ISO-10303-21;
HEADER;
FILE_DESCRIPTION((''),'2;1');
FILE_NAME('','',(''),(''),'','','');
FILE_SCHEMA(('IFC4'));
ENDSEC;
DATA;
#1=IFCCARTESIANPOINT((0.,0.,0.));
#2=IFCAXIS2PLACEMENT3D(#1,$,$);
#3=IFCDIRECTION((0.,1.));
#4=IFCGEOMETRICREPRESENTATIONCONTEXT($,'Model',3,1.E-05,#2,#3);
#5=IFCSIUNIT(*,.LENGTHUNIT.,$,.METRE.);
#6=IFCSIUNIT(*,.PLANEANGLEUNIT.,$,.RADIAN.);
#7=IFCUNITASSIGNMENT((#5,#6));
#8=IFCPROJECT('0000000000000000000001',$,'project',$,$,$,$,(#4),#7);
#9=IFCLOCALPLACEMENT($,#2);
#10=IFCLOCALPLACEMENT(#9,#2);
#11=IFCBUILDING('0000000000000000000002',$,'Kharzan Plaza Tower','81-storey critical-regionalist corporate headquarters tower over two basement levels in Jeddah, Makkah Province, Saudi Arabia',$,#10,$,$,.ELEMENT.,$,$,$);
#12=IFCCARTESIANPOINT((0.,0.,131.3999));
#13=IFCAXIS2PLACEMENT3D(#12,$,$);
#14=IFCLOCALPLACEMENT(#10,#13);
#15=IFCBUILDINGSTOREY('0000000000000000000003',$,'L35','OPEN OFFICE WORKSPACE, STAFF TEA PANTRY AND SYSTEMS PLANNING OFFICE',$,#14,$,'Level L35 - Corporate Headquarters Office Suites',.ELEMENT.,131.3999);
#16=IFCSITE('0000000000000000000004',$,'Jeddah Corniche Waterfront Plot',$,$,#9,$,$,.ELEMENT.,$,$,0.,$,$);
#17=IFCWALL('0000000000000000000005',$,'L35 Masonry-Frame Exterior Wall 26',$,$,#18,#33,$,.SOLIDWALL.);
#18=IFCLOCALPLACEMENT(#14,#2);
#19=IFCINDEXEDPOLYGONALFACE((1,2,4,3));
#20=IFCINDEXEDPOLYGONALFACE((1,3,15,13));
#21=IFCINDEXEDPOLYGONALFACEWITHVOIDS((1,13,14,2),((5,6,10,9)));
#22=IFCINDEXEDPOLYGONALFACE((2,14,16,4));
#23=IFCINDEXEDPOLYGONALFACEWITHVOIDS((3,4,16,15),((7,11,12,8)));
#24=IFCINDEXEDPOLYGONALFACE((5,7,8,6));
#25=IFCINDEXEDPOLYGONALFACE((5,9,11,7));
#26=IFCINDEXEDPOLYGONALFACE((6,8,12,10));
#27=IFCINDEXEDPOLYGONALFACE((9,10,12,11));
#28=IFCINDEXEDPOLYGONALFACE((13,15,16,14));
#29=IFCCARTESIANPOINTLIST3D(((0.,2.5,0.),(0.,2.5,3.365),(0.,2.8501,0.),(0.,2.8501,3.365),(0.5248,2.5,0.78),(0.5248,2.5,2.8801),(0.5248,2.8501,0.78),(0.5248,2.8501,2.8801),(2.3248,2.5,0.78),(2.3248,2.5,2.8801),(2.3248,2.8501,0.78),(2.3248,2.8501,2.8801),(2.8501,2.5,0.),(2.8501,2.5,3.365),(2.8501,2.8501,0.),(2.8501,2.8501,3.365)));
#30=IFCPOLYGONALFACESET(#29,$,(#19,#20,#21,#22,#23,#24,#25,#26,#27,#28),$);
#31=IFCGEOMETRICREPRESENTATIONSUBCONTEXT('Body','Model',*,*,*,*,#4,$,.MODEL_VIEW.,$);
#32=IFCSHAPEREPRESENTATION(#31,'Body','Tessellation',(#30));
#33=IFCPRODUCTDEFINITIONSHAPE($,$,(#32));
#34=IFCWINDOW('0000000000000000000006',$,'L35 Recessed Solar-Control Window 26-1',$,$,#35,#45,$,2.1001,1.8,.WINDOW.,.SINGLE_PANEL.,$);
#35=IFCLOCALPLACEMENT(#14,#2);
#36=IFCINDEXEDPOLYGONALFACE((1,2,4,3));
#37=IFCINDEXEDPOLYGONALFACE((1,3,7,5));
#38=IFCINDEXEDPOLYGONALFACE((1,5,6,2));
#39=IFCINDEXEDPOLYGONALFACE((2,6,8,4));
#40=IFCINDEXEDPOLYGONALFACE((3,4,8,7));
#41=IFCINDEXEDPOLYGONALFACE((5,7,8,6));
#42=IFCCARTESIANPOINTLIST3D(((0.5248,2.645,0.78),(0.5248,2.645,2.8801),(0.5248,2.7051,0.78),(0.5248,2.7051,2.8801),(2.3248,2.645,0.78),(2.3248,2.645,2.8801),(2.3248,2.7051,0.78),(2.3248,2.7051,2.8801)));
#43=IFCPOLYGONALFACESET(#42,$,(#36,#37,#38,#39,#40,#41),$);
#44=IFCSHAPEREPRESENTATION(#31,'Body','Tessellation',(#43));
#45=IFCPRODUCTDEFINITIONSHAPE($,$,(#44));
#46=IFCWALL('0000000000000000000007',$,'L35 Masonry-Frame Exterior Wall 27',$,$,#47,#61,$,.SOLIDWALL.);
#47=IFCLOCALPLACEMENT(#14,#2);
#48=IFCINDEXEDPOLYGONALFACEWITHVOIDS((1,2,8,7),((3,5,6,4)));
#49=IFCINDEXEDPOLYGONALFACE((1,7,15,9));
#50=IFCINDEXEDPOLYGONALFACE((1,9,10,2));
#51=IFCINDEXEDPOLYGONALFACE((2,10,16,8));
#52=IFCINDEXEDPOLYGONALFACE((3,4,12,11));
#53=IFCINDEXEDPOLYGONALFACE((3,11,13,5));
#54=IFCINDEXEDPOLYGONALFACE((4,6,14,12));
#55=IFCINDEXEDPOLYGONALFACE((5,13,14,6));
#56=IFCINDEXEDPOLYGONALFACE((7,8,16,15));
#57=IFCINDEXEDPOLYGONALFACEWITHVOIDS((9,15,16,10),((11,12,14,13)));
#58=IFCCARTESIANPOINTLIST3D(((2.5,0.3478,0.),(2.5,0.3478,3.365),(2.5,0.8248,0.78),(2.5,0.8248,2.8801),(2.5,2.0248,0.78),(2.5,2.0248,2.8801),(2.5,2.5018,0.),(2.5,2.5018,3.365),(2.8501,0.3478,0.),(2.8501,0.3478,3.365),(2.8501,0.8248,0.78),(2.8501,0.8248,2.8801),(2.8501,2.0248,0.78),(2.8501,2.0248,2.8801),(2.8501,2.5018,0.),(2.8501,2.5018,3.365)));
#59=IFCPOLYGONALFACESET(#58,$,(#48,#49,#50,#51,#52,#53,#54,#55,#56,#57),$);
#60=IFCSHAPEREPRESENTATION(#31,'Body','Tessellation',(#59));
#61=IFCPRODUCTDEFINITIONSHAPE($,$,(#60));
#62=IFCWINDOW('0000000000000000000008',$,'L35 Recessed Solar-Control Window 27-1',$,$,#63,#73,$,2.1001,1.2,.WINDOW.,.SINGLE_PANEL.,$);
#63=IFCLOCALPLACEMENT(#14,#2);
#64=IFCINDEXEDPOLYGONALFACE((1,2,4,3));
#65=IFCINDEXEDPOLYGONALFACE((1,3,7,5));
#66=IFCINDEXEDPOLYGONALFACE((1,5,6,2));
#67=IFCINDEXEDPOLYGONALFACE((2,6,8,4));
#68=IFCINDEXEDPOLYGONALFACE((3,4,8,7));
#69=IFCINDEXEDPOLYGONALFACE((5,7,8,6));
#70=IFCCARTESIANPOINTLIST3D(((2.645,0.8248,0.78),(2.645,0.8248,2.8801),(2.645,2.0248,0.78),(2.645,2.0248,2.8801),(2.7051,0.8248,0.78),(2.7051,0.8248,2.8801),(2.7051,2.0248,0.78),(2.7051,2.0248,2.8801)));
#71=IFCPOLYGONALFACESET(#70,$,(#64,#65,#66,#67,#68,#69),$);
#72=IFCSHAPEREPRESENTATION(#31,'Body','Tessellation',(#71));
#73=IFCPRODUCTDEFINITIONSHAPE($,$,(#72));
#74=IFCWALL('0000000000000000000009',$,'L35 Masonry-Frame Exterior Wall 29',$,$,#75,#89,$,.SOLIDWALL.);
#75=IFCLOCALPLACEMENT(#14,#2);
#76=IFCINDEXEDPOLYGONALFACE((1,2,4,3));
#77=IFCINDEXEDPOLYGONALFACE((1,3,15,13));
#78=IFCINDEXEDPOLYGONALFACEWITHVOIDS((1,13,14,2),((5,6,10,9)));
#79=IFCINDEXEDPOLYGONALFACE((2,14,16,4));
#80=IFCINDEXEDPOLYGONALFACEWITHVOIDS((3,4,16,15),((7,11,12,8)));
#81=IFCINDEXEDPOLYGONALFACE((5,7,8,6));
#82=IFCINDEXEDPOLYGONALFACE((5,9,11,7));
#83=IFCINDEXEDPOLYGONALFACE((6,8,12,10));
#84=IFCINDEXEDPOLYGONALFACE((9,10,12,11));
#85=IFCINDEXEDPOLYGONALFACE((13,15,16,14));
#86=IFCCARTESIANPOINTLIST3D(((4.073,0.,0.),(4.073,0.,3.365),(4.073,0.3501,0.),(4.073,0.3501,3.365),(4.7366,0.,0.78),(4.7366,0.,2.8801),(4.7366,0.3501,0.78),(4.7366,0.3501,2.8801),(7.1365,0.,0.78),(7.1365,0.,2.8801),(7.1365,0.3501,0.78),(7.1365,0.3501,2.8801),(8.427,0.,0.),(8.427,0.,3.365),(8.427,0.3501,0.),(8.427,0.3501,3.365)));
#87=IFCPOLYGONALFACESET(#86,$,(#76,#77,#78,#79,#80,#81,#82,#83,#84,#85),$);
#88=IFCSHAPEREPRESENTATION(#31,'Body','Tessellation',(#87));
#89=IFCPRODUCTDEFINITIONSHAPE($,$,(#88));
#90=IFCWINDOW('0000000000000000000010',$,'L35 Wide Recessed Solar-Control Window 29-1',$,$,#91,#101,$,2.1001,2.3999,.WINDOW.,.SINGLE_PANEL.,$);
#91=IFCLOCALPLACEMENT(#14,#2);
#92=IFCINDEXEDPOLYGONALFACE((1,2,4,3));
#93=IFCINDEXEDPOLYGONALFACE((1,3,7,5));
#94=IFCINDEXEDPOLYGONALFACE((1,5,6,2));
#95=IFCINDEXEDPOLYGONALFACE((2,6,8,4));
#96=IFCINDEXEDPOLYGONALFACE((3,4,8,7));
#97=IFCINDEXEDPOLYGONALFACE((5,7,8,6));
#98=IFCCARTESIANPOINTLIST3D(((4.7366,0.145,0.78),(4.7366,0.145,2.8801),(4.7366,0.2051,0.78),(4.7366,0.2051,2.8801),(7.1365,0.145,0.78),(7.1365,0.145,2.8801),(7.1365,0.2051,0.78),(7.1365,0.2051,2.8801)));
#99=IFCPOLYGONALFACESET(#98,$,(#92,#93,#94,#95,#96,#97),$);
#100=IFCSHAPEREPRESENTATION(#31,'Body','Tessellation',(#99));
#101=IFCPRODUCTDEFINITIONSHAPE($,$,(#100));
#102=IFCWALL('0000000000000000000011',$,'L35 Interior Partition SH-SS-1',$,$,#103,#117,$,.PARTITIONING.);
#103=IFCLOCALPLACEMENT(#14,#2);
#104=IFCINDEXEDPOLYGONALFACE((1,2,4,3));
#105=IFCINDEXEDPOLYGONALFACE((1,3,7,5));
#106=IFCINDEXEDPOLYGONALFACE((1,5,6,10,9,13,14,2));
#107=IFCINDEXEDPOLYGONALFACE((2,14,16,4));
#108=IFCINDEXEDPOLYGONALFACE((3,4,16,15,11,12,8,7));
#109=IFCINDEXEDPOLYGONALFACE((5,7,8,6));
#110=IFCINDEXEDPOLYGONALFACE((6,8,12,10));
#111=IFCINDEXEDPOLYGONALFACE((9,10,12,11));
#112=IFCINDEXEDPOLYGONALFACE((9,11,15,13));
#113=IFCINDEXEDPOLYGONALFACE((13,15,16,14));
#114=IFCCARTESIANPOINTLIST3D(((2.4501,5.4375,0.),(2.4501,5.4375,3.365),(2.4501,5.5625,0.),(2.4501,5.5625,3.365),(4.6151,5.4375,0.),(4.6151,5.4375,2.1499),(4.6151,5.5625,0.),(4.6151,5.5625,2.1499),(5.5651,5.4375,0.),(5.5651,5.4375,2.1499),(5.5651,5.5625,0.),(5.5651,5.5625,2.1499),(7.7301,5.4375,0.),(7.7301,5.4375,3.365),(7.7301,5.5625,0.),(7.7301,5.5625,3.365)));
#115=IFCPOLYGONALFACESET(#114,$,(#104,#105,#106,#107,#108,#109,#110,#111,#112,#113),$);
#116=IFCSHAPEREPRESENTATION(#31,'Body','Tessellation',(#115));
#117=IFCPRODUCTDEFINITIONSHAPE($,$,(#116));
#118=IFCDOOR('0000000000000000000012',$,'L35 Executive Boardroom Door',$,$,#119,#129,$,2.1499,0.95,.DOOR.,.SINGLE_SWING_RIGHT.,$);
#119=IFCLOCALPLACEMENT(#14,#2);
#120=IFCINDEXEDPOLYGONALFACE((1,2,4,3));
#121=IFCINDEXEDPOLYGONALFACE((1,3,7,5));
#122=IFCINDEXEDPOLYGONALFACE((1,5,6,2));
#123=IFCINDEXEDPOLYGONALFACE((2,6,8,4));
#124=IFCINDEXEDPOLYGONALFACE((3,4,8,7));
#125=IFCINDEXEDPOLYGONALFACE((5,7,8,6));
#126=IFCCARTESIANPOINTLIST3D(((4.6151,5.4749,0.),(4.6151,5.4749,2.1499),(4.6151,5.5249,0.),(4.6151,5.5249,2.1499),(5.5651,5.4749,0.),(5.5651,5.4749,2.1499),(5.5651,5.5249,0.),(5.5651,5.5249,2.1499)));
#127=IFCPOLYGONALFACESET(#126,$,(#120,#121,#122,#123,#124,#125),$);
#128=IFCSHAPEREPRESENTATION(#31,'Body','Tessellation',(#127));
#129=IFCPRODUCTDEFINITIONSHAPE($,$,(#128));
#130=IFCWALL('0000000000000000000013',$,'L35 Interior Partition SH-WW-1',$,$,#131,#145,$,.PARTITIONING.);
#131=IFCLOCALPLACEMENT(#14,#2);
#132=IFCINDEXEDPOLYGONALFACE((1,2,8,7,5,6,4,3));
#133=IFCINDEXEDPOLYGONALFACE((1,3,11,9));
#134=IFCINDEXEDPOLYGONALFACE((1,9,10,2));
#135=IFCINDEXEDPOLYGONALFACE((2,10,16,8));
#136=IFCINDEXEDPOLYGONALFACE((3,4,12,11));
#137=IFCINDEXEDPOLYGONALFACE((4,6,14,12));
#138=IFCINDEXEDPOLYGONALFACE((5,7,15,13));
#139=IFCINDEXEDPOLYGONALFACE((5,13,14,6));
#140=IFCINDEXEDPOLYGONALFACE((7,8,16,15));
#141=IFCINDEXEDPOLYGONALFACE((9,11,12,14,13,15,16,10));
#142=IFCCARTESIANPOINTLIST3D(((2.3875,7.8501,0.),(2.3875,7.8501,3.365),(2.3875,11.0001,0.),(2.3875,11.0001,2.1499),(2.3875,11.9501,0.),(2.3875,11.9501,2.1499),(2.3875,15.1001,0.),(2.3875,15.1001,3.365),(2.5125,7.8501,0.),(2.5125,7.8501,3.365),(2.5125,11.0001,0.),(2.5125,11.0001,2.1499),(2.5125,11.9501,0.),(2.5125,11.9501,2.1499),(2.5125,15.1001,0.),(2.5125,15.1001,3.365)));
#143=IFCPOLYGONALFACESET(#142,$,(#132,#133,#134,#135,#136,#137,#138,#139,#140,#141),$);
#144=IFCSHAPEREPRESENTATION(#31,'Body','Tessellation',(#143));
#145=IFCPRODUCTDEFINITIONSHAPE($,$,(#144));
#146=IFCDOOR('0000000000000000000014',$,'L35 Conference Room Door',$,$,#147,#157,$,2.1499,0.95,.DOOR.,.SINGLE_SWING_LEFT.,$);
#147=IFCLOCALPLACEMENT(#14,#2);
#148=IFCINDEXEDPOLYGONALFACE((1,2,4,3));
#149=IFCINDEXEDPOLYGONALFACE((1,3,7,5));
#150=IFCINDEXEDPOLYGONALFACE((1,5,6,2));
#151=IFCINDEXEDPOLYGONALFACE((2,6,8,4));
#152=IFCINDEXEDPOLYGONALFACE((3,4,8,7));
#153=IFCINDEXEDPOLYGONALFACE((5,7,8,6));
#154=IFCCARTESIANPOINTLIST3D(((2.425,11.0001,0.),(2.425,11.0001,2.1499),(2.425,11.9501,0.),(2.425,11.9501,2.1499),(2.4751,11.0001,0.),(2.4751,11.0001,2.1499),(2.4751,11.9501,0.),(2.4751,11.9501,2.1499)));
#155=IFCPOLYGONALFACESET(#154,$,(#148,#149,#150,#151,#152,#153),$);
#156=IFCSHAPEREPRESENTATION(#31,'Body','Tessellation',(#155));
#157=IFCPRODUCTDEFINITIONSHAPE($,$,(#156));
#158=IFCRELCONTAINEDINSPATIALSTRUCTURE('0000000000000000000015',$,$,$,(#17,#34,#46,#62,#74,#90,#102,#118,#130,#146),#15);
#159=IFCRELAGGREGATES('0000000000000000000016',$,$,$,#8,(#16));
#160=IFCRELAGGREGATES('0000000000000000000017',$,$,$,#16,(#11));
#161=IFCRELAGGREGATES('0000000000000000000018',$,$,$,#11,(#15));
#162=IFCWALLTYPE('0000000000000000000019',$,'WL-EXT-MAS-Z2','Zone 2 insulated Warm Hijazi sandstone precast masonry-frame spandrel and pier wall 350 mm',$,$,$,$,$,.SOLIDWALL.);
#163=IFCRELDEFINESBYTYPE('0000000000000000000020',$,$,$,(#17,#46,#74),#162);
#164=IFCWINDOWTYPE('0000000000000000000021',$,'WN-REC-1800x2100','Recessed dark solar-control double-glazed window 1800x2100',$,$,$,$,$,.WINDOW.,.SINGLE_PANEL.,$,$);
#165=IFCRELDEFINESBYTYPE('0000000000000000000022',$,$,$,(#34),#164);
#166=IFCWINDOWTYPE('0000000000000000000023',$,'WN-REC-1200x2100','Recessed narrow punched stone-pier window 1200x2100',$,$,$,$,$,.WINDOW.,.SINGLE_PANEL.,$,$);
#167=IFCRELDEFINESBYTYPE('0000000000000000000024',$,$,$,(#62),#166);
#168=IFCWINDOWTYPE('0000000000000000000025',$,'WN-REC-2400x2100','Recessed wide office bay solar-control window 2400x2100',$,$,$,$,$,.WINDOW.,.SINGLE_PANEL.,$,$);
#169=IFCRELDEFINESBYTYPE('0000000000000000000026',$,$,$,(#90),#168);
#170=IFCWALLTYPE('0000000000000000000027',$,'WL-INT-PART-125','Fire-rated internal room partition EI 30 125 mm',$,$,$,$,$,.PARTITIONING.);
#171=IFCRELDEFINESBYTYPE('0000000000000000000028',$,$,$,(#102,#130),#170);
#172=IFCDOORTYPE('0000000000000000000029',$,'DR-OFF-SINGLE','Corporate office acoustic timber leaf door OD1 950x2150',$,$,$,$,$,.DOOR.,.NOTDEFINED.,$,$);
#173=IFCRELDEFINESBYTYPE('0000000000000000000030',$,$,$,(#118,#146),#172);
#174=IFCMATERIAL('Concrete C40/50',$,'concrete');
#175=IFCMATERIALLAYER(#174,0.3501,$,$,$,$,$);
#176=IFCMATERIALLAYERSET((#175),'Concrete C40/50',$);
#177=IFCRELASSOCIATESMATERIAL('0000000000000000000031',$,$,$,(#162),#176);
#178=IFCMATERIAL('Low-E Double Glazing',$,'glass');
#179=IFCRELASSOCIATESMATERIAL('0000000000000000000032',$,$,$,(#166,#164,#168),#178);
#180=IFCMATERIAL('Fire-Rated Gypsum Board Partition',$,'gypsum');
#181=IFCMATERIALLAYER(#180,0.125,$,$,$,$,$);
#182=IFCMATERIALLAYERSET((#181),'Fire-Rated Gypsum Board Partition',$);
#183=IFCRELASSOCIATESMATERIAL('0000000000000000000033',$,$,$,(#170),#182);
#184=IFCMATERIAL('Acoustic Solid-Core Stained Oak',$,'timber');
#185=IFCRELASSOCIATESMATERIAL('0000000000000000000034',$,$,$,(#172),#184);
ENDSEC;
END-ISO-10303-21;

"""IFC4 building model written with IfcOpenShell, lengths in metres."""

from ifc_helpers import new_model, si_unit, direction, frame, frame_2d, origin, place, context, subcontext, project, spatial, rectangle, extrude, source, transform, mapped, material, layer, layer_set, type_object, element, fill, save


model = new_model("IFC4")

# Units and contexts
model_context = context("Model", 3, precision=1e-05, world=origin(), true_north=direction((0.0, 1.0)))
body_context = subcontext(model_context, "Body", "Model", "MODEL_VIEW")
ifc_project = project(units=[si_unit("LENGTHUNIT", "METRE"), si_unit("PLANEANGLEUNIT", "RADIAN")], contexts=[model_context])

# Site, building, storey
site_placement = place(None, origin())
site = spatial("IfcSite", under=ifc_project, at=site_placement, Name="Jeddah Corniche Waterfront Plot", CompositionType="ELEMENT", RefElevation=0.0)
building_placement = place(site_placement, origin())
building = spatial("IfcBuilding", under=site, at=building_placement, Name="Kharzan Plaza Tower", Description="81-storey critical-regionalist corporate headquarters tower over two basement levels in Jeddah, Makkah Province, Saudi Arabia", CompositionType="ELEMENT")
storey_placement = place(building_placement, frame((0.0, 0.0, 131.3999)))
storey = spatial("IfcBuildingStorey", under=building, at=storey_placement, Name="L35", Description="OPEN OFFICE WORKSPACE, STAFF TEA PANTRY AND SYSTEMS PLANNING OFFICE", LongName="Level L35 - Corporate Headquarters Office Suites", CompositionType="ELEMENT", Elevation=131.3999)

# Shared definitions
ifc_material_1 = material(Name="Concrete C40/50", Category="concrete")

# Walls, openings, windows
ifc_layer_1 = layer(ifc_material_1, 0.3501)
ifc_layer_set_1 = layer_set([ifc_layer_1], Name="Concrete C40/50")
wall_type_1 = type_object("IfcWallType", Name="WL-EXT-MAS-Z2", Description="Zone 2 insulated Warm Hijazi sandstone precast masonry-frame spandrel and pier wall 350 mm", PredefinedType="SOLIDWALL", material=ifc_layer_set_1)
ifc_material_2 = material(Name="Low-E Double Glazing", Category="glass")
window_type_1 = type_object("IfcWindowType", Name="WN-REC-1200x2100", Description="Recessed narrow punched stone-pier window 1200x2100", PartitioningType="SINGLE_PANEL", PredefinedType="WINDOW", material=ifc_material_2)
shared_shape_1 = source(origin(), body_context, "Body", "SweptSolid", [
    extrude(rectangle(XDim=1.2, YDim=2.1001, at=frame_2d((0.6001, 1.05))), frame((0.0, 0.03, 0.0), z_axis=(0.0, -1.0, 0.0), x_axis=(1.0, 0.0, 0.0)), (0.0, 0.0, 1.0), 0.0601),
])
wall_1_placement = place(storey_placement, frame((0.0, 2.675, 0.0), z_axis=(0.0, 0.0, 1.0), x_axis=(1.0, 0.0, 0.0)))
wall_1 = element("IfcWall", 1, at=wall_1_placement, inside=storey, type_object=wall_type_1, Name="L35 Masonry-Frame Exterior Wall 26", PredefinedType="SOLIDWALL", context=body_context, shape_type="SweptSolid", body=[
    extrude(rectangle(XDim=2.8501, YDim=0.3501, at=frame_2d((1.425, 0.0))), origin(), (0.0, 0.0, 1.0), 3.365),
])
opening_1_placement = place(wall_1_placement, frame((0.5249, 0.0, 0.78)))
opening_1 = element("IfcOpeningElement", 2, at=opening_1_placement, cuts=wall_1, PredefinedType="OPENING", context=body_context, shape_type="SweptSolid", body=[
    extrude(rectangle(XDim=1.8, YDim=2.1001, at=frame_2d((0.8999, 1.05))), frame((0.0, 0.1851, 0.0), z_axis=(0.0, -1.0, 0.0), x_axis=(1.0, 0.0, 0.0)), (0.0, 0.0, 1.0), 0.3701),
])
window_type_2 = type_object("IfcWindowType", Name="WN-REC-1800x2100", Description="Recessed dark solar-control double-glazed window 1800x2100", PartitioningType="SINGLE_PANEL", PredefinedType="WINDOW", material=ifc_material_2)
shared_shape_2 = source(origin(), body_context, "Body", "SweptSolid", [
    extrude(rectangle(XDim=1.8, YDim=2.1001, at=frame_2d((0.8999, 1.05))), frame((0.0, 0.03, 0.0), z_axis=(0.0, -1.0, 0.0), x_axis=(1.0, 0.0, 0.0)), (0.0, 0.0, 1.0), 0.0601),
])
window_1_placement = place(opening_1_placement, origin())
window_1 = element("IfcWindow", 3, at=window_1_placement, inside=storey, type_object=window_type_2, Name="L35 Recessed Solar-Control Window 26-1", OverallHeight=2.1001, OverallWidth=1.8, PartitioningType="SINGLE_PANEL", PredefinedType="WINDOW", context=body_context, shape_type="MappedRepresentation", body=[
    mapped(shared_shape_2, transform((0.0, 0.0, 0.0), x_axis=(1.0, 0.0, 0.0), y_axis=(0.0, 1.0, 0.0), z_axis=(0.0, 0.0, 1.0))),
])
fill(opening_1, window_1)
wall_2_placement = place(storey_placement, frame((2.675, 2.502, 0.0), z_axis=(0.0, 0.0, 1.0), x_axis=(0.0, -1.0, 0.0)))
wall_2 = element("IfcWall", 4, at=wall_2_placement, inside=storey, type_object=wall_type_1, Name="L35 Masonry-Frame Exterior Wall 27", PredefinedType="SOLIDWALL", context=body_context, shape_type="SweptSolid", body=[
    extrude(rectangle(XDim=2.1541, YDim=0.3501, at=frame_2d((1.0771, 0.0))), origin(), (0.0, 0.0, 1.0), 3.365),
])
opening_2_placement = place(wall_2_placement, frame((0.4771, 0.0, 0.78)))
opening_2 = element("IfcOpeningElement", 5, at=opening_2_placement, cuts=wall_2, PredefinedType="OPENING", context=body_context, shape_type="SweptSolid", body=[
    extrude(rectangle(XDim=1.2, YDim=2.1001, at=frame_2d((0.6001, 1.05))), frame((0.0, 0.1851, 0.0), z_axis=(0.0, -1.0, 0.0), x_axis=(1.0, 0.0, 0.0)), (0.0, 0.0, 1.0), 0.3701),
])
window_2_placement = place(opening_2_placement, origin())
window_2 = element("IfcWindow", 6, at=window_2_placement, inside=storey, type_object=window_type_1, Name="L35 Recessed Solar-Control Window 27-1", OverallHeight=2.1001, OverallWidth=1.2, PartitioningType="SINGLE_PANEL", PredefinedType="WINDOW", context=body_context, shape_type="MappedRepresentation", body=[
    mapped(shared_shape_1, transform((0.0, 0.0, 0.0), x_axis=(1.0, 0.0, 0.0), y_axis=(0.0, 1.0, 0.0), z_axis=(0.0, 0.0, 1.0))),
])
fill(opening_2, window_2)
wall_3_placement = place(storey_placement, frame((4.073, 0.175, 0.0), z_axis=(0.0, 0.0, 1.0), x_axis=(1.0, 0.0, 0.0)))
wall_3 = element("IfcWall", 7, at=wall_3_placement, inside=storey, type_object=wall_type_1, Name="L35 Masonry-Frame Exterior Wall 29", PredefinedType="SOLIDWALL", context=body_context, shape_type="SweptSolid", body=[
    extrude(rectangle(XDim=4.354, YDim=0.3501, at=frame_2d((2.177, 0.0))), origin(), (0.0, 0.0, 1.0), 3.365),
])
opening_3_placement = place(wall_3_placement, frame((0.6636, 0.0, 0.78)))
opening_3 = element("IfcOpeningElement", 8, at=opening_3_placement, cuts=wall_3, PredefinedType="OPENING", context=body_context, shape_type="SweptSolid", body=[
    extrude(rectangle(XDim=2.3999, YDim=2.1001, at=frame_2d((1.2, 1.05))), frame((0.0, 0.1851, 0.0), z_axis=(0.0, -1.0, 0.0), x_axis=(1.0, 0.0, 0.0)), (0.0, 0.0, 1.0), 0.3701),
])
window_type_3 = type_object("IfcWindowType", Name="WN-REC-2400x2100", Description="Recessed wide office bay solar-control window 2400x2100", PartitioningType="SINGLE_PANEL", PredefinedType="WINDOW", material=ifc_material_2)
shared_shape_3 = source(origin(), body_context, "Body", "SweptSolid", [
    extrude(rectangle(XDim=2.3999, YDim=2.1001, at=frame_2d((1.2, 1.05))), frame((0.0, 0.03, 0.0), z_axis=(0.0, -1.0, 0.0), x_axis=(1.0, 0.0, 0.0)), (0.0, 0.0, 1.0), 0.0601),
])
window_3_placement = place(opening_3_placement, origin())
window_3 = element("IfcWindow", 9, at=window_3_placement, inside=storey, type_object=window_type_3, Name="L35 Wide Recessed Solar-Control Window 29-1", OverallHeight=2.1001, OverallWidth=2.3999, PartitioningType="SINGLE_PANEL", PredefinedType="WINDOW", context=body_context, shape_type="MappedRepresentation", body=[
    mapped(shared_shape_3, transform((0.0, 0.0, 0.0), x_axis=(1.0, 0.0, 0.0), y_axis=(0.0, 1.0, 0.0), z_axis=(0.0, 0.0, 1.0))),
])
fill(opening_3, window_3)

# Walls, openings, doors
ifc_material_3 = material(Name="Fire-Rated Gypsum Board Partition", Category="gypsum")
ifc_layer_2 = layer(ifc_material_3, 0.125)
ifc_layer_set_2 = layer_set([ifc_layer_2], Name="Fire-Rated Gypsum Board Partition")
wall_type_2 = type_object("IfcWallType", Name="WL-INT-PART-125", Description="Fire-rated internal room partition EI 30 125 mm", PredefinedType="PARTITIONING", material=ifc_layer_set_2)
wall_4_placement = place(storey_placement, frame((2.45, 5.5, 0.0), z_axis=(0.0, 0.0, 1.0), x_axis=(1.0, 0.0, 0.0)))
wall_4 = element("IfcWall", 10, at=wall_4_placement, inside=storey, type_object=wall_type_2, Name="L35 Interior Partition SH-SS-1", PredefinedType="PARTITIONING", context=body_context, shape_type="SweptSolid", body=[
    extrude(rectangle(XDim=5.28, YDim=0.125, at=frame_2d((2.6401, 0.0))), origin(), (0.0, 0.0, 1.0), 3.365),
])
opening_4_placement = place(wall_4_placement, frame((2.165, 0.0, 0.0)))
opening_4 = element("IfcOpeningElement", 11, at=opening_4_placement, cuts=wall_4, PredefinedType="OPENING", context=body_context, shape_type="SweptSolid", body=[
    extrude(rectangle(XDim=0.95, YDim=2.1499, at=frame_2d((0.4751, 1.075))), frame((0.0, 0.0725, 0.0), z_axis=(0.0, -1.0, 0.0), x_axis=(1.0, 0.0, 0.0)), (0.0, 0.0, 1.0), 0.145),
])
ifc_material_4 = material(Name="Acoustic Solid-Core Stained Oak", Category="timber")
door_type = type_object("IfcDoorType", Name="DR-OFF-SINGLE", Description="Corporate office acoustic timber leaf door OD1 950x2150", OperationType="NOTDEFINED", PredefinedType="DOOR", material=ifc_material_4)
shared_shape_4 = source(origin(), body_context, "Body", "SweptSolid", [
    extrude(rectangle(XDim=0.95, YDim=2.1499, at=frame_2d((0.4751, 1.075))), frame((0.0, 0.0249, 0.0), z_axis=(0.0, -1.0, 0.0), x_axis=(1.0, 0.0, 0.0)), (0.0, 0.0, 1.0), 0.05),
])
door_1_placement = place(opening_4_placement, origin())
door_1 = element("IfcDoor", 12, at=door_1_placement, inside=storey, type_object=door_type, Name="L35 Executive Boardroom Door", OperationType="SINGLE_SWING_RIGHT", OverallHeight=2.1499, OverallWidth=0.95, PredefinedType="DOOR", context=body_context, shape_type="MappedRepresentation", body=[
    mapped(shared_shape_4, transform((0.0, 0.0, 0.0), x_axis=(1.0, 0.0, 0.0), y_axis=(0.0, 1.0, 0.0), z_axis=(0.0, 0.0, 1.0))),
])
fill(opening_4, door_1)
wall_5_placement = place(storey_placement, frame((2.45, 7.8501, 0.0), z_axis=(0.0, 0.0, 1.0), x_axis=(0.0, 1.0, 0.0)))
wall_5 = element("IfcWall", 13, at=wall_5_placement, inside=storey, type_object=wall_type_2, Name="L35 Interior Partition SH-WW-1", PredefinedType="PARTITIONING", context=body_context, shape_type="SweptSolid", body=[
    extrude(rectangle(XDim=7.25, YDim=0.125, at=frame_2d((3.625, 0.0))), origin(), (0.0, 0.0, 1.0), 3.365),
])
opening_5_placement = place(wall_5_placement, frame((3.1499, 0.0, 0.0)))
opening_5 = element("IfcOpeningElement", 14, at=opening_5_placement, cuts=wall_5, PredefinedType="OPENING", context=body_context, shape_type="SweptSolid", body=[
    extrude(rectangle(XDim=0.95, YDim=2.1499, at=frame_2d((0.4751, 1.075))), frame((0.0, 0.0725, 0.0), z_axis=(0.0, -1.0, 0.0), x_axis=(1.0, 0.0, 0.0)), (0.0, 0.0, 1.0), 0.145),
])
door_2_placement = place(opening_5_placement, origin())
door_2 = element("IfcDoor", 15, at=door_2_placement, inside=storey, type_object=door_type, Name="L35 Conference Room Door", OperationType="SINGLE_SWING_LEFT", OverallHeight=2.1499, OverallWidth=0.95, PredefinedType="DOOR", context=body_context, shape_type="MappedRepresentation", body=[
    mapped(shared_shape_4, transform((0.0, 0.0, 0.0), x_axis=(1.0, 0.0, 0.0), y_axis=(0.0, 1.0, 0.0), z_axis=(0.0, 0.0, 1.0))),
])
fill(opening_5, door_2)

save(model, "model.ifc")
